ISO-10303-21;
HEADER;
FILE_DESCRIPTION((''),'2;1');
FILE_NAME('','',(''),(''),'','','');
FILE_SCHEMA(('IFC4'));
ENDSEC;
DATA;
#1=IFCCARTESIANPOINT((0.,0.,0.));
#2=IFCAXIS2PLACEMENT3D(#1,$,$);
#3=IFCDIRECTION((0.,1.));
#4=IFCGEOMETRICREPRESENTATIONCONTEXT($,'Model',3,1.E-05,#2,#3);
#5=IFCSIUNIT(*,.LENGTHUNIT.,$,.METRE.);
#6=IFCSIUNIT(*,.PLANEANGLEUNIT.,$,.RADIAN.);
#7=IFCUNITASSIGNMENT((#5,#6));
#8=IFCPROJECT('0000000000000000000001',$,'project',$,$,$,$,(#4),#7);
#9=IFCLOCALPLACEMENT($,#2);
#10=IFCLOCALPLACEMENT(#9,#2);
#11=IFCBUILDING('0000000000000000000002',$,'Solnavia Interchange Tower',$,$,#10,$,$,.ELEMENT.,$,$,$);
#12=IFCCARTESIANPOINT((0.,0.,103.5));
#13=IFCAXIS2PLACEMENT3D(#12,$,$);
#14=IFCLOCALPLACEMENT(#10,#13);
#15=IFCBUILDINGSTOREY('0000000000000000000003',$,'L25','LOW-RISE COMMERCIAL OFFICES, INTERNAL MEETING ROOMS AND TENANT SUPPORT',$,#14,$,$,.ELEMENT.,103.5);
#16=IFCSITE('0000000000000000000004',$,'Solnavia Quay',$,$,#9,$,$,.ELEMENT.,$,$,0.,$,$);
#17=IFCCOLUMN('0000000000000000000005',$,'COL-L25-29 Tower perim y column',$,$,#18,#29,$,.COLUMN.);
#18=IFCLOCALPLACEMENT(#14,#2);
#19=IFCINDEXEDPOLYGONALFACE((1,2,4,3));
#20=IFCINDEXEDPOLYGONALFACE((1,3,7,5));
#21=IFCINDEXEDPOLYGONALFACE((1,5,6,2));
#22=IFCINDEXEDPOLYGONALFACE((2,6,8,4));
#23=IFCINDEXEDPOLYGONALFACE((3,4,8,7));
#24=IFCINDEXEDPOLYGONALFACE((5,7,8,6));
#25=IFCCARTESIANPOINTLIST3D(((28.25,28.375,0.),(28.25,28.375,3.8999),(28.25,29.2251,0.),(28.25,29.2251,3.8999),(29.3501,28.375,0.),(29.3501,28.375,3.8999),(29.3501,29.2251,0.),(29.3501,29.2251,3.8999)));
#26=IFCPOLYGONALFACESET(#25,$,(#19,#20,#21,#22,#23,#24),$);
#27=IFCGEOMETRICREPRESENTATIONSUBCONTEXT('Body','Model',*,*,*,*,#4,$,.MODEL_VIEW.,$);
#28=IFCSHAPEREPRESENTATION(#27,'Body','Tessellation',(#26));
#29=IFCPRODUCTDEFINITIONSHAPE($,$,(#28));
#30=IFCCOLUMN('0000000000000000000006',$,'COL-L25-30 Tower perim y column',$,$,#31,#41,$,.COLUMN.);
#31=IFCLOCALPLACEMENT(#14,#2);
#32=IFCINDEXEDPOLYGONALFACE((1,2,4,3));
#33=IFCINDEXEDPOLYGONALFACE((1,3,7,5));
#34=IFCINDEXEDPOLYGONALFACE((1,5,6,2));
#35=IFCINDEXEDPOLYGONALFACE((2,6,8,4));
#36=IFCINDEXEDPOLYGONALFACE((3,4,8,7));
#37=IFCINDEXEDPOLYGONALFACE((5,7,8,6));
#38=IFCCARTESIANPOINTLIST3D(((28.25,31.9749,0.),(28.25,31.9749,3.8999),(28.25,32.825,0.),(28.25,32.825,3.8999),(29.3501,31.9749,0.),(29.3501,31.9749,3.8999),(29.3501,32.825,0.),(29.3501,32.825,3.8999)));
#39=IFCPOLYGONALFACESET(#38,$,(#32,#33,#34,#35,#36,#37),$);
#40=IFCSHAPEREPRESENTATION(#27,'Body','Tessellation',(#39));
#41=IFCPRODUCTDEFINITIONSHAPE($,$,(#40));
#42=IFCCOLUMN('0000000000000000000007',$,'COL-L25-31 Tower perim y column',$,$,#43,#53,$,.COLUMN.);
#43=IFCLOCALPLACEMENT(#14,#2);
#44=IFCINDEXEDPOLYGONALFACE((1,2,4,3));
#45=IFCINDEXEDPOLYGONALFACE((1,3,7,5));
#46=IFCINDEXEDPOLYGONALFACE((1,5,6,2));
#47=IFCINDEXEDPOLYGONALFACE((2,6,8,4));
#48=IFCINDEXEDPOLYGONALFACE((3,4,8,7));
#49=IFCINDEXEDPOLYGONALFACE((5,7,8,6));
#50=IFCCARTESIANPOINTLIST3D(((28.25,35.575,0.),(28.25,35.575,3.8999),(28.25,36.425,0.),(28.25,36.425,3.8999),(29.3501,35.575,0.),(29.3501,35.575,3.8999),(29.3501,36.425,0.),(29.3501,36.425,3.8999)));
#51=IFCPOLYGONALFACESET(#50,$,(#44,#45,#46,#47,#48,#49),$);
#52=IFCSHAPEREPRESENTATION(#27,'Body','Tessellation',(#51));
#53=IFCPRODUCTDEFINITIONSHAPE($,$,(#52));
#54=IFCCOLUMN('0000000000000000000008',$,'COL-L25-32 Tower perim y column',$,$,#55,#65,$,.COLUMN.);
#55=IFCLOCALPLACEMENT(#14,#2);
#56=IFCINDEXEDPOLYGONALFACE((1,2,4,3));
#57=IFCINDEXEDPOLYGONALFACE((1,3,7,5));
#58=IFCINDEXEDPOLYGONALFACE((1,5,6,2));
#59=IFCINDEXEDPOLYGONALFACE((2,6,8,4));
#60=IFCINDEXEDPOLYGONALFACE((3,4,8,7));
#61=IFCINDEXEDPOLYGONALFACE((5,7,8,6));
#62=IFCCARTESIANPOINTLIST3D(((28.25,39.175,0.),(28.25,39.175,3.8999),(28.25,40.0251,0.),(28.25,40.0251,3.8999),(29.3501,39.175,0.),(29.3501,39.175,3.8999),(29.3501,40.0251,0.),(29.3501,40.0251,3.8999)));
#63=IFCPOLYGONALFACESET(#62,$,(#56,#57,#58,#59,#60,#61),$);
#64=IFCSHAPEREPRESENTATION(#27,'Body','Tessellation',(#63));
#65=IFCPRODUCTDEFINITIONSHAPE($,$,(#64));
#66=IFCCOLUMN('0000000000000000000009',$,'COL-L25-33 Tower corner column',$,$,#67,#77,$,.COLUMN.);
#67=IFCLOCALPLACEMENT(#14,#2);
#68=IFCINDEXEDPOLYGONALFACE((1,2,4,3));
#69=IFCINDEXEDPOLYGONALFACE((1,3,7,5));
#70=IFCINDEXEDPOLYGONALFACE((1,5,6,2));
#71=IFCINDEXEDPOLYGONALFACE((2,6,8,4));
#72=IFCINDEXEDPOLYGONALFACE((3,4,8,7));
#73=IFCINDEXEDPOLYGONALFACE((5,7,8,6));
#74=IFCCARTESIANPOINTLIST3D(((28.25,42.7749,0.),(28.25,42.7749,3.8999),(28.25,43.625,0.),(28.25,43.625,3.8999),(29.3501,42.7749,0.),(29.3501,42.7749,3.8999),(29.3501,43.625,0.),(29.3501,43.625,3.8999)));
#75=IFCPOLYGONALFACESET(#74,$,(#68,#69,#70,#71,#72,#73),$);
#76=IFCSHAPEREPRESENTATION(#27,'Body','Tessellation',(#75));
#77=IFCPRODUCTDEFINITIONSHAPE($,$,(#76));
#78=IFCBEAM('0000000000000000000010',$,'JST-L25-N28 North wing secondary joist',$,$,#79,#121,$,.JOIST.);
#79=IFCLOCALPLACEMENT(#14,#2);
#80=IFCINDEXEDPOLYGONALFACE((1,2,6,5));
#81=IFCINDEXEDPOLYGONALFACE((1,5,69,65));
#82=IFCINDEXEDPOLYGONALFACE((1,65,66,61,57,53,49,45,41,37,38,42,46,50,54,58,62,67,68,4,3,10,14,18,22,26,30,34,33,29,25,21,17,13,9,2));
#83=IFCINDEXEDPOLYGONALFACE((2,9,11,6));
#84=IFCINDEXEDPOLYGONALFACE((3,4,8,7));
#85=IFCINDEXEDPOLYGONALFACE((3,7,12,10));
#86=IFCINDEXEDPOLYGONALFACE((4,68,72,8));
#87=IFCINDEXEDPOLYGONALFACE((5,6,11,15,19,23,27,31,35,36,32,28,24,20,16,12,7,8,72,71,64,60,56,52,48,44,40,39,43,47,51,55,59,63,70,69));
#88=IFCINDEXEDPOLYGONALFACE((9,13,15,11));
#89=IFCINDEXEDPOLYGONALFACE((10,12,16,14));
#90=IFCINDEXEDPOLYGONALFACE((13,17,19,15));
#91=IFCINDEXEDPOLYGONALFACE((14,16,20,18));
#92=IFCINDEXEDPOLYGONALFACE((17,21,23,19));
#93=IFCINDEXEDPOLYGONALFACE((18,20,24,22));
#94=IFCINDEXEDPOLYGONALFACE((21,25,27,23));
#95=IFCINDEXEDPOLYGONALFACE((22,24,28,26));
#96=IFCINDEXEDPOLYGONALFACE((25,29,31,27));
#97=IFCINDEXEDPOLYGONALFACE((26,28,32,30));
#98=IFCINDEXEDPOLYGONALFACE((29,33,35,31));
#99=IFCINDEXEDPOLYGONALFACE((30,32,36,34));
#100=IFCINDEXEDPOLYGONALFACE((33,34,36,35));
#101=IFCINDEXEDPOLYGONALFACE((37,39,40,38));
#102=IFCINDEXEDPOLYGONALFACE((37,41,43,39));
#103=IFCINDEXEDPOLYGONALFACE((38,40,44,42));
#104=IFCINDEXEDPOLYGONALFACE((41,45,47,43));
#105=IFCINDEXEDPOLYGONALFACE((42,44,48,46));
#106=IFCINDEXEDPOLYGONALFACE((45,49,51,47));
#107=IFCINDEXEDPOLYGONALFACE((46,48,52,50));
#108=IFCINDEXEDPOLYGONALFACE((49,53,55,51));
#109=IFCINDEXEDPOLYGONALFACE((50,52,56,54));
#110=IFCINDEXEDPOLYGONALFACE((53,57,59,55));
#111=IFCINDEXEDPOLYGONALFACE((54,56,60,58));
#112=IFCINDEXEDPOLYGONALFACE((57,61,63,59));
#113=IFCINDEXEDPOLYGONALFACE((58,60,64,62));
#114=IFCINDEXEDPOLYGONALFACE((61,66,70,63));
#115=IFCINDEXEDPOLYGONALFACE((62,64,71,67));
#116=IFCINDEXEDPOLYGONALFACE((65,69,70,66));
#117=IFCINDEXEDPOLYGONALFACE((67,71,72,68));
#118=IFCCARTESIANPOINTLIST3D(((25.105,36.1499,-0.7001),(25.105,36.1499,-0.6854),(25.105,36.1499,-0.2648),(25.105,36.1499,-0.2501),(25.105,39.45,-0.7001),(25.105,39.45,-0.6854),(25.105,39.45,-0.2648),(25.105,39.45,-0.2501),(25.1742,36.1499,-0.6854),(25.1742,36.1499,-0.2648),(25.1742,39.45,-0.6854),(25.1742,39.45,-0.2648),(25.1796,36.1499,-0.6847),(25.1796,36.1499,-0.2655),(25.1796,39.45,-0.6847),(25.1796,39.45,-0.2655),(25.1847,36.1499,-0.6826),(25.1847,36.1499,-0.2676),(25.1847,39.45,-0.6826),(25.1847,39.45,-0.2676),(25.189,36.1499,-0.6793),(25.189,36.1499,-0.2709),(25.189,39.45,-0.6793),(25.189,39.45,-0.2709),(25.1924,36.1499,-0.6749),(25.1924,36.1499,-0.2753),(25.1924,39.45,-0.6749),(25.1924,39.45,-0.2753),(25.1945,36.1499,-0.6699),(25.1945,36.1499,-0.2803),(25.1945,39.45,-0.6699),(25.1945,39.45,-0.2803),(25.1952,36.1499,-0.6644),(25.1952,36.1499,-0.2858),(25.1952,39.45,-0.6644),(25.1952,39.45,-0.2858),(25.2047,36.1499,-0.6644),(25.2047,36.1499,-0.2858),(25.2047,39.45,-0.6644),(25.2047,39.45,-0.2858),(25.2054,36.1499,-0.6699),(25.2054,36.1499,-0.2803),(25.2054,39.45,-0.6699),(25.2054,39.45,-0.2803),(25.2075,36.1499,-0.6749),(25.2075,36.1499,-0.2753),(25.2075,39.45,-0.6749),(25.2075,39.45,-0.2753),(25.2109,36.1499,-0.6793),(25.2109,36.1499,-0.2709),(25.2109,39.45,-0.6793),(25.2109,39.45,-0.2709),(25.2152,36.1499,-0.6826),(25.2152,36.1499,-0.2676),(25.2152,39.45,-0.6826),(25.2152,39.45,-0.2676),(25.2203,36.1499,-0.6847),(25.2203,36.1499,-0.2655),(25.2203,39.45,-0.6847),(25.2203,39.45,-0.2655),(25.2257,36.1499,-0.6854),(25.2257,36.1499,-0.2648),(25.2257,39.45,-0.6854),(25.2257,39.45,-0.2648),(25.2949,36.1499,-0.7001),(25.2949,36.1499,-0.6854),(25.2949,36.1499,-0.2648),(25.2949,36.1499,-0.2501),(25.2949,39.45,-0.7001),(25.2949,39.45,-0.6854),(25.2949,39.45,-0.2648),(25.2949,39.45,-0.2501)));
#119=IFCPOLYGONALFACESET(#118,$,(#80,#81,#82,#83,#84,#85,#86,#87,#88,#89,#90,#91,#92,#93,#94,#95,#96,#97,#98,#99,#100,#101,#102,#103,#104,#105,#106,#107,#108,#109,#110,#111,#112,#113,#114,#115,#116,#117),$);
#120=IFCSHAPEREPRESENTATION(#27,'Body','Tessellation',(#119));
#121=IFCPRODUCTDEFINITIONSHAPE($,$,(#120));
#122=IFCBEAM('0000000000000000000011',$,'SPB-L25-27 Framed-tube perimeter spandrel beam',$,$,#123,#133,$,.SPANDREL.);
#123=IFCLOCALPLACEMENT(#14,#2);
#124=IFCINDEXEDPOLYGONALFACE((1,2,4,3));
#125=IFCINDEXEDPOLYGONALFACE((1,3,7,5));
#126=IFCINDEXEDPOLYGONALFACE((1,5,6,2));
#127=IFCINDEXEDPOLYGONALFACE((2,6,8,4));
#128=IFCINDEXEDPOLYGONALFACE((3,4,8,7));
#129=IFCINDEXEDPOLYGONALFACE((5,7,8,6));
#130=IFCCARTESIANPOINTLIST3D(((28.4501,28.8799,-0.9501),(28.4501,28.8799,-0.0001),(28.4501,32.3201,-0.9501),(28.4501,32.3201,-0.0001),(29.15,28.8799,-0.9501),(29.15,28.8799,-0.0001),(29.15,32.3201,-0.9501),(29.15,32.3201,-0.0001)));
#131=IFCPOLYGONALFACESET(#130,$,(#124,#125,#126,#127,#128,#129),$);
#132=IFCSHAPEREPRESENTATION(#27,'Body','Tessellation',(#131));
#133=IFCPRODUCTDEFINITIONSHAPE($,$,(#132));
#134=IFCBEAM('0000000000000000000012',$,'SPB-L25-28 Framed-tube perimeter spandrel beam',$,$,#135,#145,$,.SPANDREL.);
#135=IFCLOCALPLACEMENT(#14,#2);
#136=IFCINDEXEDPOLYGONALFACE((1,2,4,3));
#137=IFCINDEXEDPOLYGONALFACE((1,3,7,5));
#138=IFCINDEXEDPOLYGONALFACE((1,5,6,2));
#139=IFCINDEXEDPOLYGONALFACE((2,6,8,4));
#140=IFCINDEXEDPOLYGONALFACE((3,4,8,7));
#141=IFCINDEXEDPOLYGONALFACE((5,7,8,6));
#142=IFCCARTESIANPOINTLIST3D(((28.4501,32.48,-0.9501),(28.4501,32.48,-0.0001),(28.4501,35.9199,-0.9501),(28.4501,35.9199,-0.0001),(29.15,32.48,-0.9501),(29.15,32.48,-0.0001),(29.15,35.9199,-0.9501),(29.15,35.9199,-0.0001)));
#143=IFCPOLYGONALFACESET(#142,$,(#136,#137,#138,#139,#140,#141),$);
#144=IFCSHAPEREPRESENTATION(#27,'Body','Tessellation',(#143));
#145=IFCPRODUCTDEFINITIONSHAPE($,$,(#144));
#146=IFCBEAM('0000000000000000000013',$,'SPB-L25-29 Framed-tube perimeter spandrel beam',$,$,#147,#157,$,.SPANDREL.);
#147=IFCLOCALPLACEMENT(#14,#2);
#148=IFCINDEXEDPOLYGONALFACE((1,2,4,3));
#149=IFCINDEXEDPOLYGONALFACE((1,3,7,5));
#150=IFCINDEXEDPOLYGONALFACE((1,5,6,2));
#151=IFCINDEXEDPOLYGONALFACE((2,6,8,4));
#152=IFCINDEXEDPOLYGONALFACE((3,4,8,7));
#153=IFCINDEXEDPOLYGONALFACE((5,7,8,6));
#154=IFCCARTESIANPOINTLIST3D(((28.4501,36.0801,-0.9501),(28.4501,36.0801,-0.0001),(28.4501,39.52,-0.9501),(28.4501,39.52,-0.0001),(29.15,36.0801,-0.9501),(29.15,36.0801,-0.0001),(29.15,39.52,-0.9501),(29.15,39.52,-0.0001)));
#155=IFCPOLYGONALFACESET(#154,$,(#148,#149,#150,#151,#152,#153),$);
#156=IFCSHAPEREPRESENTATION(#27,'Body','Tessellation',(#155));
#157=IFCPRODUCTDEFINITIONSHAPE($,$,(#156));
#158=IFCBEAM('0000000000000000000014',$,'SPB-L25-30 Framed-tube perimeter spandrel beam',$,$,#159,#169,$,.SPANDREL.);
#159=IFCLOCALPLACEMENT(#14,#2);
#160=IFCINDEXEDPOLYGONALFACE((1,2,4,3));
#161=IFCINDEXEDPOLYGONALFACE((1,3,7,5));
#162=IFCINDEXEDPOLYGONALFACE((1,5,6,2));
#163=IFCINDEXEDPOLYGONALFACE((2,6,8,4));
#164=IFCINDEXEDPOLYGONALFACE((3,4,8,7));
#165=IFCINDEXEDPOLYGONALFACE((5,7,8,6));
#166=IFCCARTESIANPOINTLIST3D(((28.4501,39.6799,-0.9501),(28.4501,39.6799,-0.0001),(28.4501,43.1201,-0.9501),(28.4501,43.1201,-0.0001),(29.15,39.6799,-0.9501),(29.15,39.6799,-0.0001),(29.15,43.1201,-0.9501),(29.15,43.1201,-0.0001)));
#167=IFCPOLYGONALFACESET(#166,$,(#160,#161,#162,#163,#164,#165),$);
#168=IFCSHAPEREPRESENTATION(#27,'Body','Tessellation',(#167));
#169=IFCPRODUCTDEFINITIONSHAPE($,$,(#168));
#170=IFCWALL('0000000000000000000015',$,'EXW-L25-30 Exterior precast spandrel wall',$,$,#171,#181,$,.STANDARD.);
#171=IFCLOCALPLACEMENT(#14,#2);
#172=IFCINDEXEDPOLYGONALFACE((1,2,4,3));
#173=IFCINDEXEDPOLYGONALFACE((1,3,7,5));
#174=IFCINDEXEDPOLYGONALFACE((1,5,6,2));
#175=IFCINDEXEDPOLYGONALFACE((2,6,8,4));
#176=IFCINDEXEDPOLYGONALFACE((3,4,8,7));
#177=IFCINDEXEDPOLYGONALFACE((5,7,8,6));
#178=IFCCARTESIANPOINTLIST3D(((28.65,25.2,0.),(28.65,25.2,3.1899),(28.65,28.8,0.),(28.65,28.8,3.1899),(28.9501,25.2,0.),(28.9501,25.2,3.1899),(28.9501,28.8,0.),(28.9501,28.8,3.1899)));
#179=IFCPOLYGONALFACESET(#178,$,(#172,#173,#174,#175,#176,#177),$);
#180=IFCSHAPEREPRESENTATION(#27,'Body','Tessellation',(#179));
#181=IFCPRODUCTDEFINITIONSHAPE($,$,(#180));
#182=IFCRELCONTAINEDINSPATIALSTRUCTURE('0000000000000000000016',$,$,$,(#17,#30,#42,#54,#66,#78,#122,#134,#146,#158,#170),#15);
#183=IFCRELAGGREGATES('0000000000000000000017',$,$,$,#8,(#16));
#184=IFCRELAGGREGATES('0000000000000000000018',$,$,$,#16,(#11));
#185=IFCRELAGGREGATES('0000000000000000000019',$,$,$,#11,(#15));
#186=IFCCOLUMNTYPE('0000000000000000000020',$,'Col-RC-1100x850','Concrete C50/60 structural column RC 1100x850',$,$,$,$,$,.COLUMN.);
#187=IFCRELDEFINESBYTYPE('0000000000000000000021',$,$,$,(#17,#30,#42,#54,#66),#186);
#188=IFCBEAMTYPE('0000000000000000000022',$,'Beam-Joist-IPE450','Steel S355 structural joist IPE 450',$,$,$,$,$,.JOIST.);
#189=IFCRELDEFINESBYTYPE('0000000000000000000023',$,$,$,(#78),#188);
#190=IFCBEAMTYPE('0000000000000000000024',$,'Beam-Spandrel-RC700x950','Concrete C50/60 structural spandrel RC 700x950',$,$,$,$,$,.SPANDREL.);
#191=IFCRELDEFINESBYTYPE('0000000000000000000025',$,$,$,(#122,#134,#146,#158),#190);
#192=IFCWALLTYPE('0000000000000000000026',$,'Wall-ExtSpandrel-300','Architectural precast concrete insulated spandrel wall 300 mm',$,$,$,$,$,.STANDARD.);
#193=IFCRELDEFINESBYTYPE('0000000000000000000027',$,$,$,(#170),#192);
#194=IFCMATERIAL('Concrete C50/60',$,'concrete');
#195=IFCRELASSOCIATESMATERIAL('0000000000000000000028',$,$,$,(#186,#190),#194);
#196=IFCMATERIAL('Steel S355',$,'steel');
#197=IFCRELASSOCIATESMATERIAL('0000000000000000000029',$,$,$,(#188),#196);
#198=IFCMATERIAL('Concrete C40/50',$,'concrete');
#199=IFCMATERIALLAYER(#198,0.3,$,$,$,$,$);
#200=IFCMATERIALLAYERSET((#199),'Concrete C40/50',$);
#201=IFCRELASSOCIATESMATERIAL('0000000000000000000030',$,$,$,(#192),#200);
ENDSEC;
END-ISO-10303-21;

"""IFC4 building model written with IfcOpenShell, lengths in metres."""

from ifc_helpers import new_model, si_unit, direction, frame, frame_2d, origin, origin_2d, place, context, subcontext, project, spatial, rectangle, i_section, extrude, material, layer, layer_set, material_profile, profile_set, type_object, element, save


model = new_model("IFC4")

# Units and contexts
model_context = context("Model", 3, precision=1e-05, world=origin(), true_north=direction((0.0, 1.0)))
body_context = subcontext(model_context, "Body", "Model", "MODEL_VIEW")
ifc_project = project(units=[si_unit("LENGTHUNIT", "METRE"), si_unit("PLANEANGLEUNIT", "RADIAN")], contexts=[model_context])

# Site, building, storey
site_placement = place(None, origin())
site = spatial("IfcSite", under=ifc_project, at=site_placement, Name="Solnavia Quay", CompositionType="ELEMENT", RefElevation=0.0)
building_placement = place(site_placement, origin())
building = spatial("IfcBuilding", under=site, at=building_placement, Name="Solnavia Interchange Tower", CompositionType="ELEMENT")
storey_placement = place(building_placement, frame((0.0, 0.0, 103.5)))
storey = spatial("IfcBuildingStorey", under=building, at=storey_placement, Name="L25", Description="LOW-RISE COMMERCIAL OFFICES, INTERNAL MEETING ROOMS AND TENANT SUPPORT", CompositionType="ELEMENT", Elevation=103.5)

# Columns
ifc_material_1 = material(Name="Concrete C50/60", Category="concrete")
ifc_material_profile_1 = material_profile(ifc_material_1, rectangle(XDim=0.8501, YDim=1.1001, at=origin_2d()), Name="RC 1100x850")
ifc_profile_set_1 = profile_set([ifc_material_profile_1], Name="Concrete C50/60")
column_type = type_object("IfcColumnType", Name="Col-RC-1100x850", Description="Concrete C50/60 structural column RC 1100x850", PredefinedType="COLUMN", material=ifc_profile_set_1)
for number, where, z_axis, x_axis, name in (
    (1, (28.8, 28.8, 0.0), (0.0, 0.0, 1.0), (0.0, 1.0, 0.0), "COL-L25-29 Tower perim y column"),
    (2, (28.8, 32.3999, 0.0), (0.0, 0.0, 1.0), (0.0, 1.0, 0.0), "COL-L25-30 Tower perim y column"),
    (3, (28.8, 36.0, 0.0), (0.0, 0.0, 1.0), (0.0, 1.0, 0.0), "COL-L25-31 Tower perim y column"),
    (4, (28.8, 39.6001, 0.0), (0.0, 0.0, 1.0), (0.0, 1.0, 0.0), "COL-L25-32 Tower perim y column"),
    (5, (28.8, 43.2, 0.0), (0.0, 0.0, 1.0), (0.0, 1.0, 0.0), "COL-L25-33 Tower corner column"),
):
    element("IfcColumn", number, at=place(storey_placement, frame(where, z_axis=z_axis, x_axis=x_axis)), inside=storey, type_object=column_type, Name=name, PredefinedType="COLUMN", context=body_context, shape_type="SweptSolid", body=[
        extrude(rectangle(XDim=0.8501, YDim=1.1001, at=origin_2d()), origin(), (0.0, 0.0, 1.0), 3.8999),
    ])

# Beams
ifc_material_2 = material(Name="Steel S355", Category="steel")
ifc_material_profile_2 = material_profile(ifc_material_2, i_section(OverallWidth=0.1899, OverallDepth=0.45, WebThickness=0.0095, FlangeThickness=0.0146, FilletRadius=0.021, at=origin_2d()), Name="IPE 450")
ifc_profile_set_2 = profile_set([ifc_material_profile_2], Name="Steel S355")
beam_type_1 = type_object("IfcBeamType", Name="Beam-Joist-IPE450", Description="Steel S355 structural joist IPE 450", PredefinedType="JOIST", material=ifc_profile_set_2)
beam_1_placement = place(storey_placement, frame((25.2, 36.1499, -0.4751), z_axis=(0.0, 1.0, 0.0), x_axis=(-1.0, 0.0, 0.0)))
element("IfcBeam", 6, at=beam_1_placement, inside=storey, type_object=beam_type_1, Name="JST-L25-N28 North wing secondary joist", PredefinedType="JOIST", context=body_context, shape_type="SweptSolid", body=[
    extrude(i_section(OverallWidth=0.1899, OverallDepth=0.45, WebThickness=0.0095, FlangeThickness=0.0146, FilletRadius=0.021, at=origin_2d()), origin(), (0.0, 0.0, 1.0), 3.3),
])
ifc_material_profile_3 = material_profile(ifc_material_1, rectangle(XDim=0.7, YDim=0.95, at=origin_2d()), Name="RC 700x950")
ifc_profile_set_3 = profile_set([ifc_material_profile_3], Name="Concrete C50/60")
beam_type_2 = type_object("IfcBeamType", Name="Beam-Spandrel-RC700x950", Description="Concrete C50/60 structural spandrel RC 700x950", PredefinedType="SPANDREL", material=ifc_profile_set_3)
beam_2_placement = place(storey_placement, frame((28.8, 28.8799, -0.4751), z_axis=(0.0, 1.0, 0.0), x_axis=(-1.0, 0.0, 0.0)))
element("IfcBeam", 7, at=beam_2_placement, inside=storey, type_object=beam_type_2, Name="SPB-L25-27 Framed-tube perimeter spandrel beam", PredefinedType="SPANDREL", context=body_context, shape_type="SweptSolid", body=[
    extrude(rectangle(XDim=0.7, YDim=0.95, at=origin_2d()), origin(), (0.0, 0.0, 1.0), 3.4402),
])
for number, where, z_axis, x_axis, name in (
    (8, (28.8, 32.48, -0.4751), (0.0, 1.0, 0.0), (-1.0, 0.0, 0.0), "SPB-L25-28 Framed-tube perimeter spandrel beam"),
    (9, (28.8, 36.0801, -0.4751), (0.0, 1.0, 0.0), (-1.0, 0.0, 0.0), "SPB-L25-29 Framed-tube perimeter spandrel beam"),
):
    element("IfcBeam", number, at=place(storey_placement, frame(where, z_axis=z_axis, x_axis=x_axis)), inside=storey, type_object=beam_type_2, Name=name, PredefinedType="SPANDREL", context=body_context, shape_type="SweptSolid", body=[
        extrude(rectangle(XDim=0.7, YDim=0.95, at=origin_2d()), origin(), (0.0, 0.0, 1.0), 3.4399),
    ])
beam_3_placement = place(storey_placement, frame((28.8, 39.6799, -0.4751), z_axis=(0.0, 1.0, 0.0), x_axis=(-1.0, 0.0, 0.0)))
element("IfcBeam", 10, at=beam_3_placement, inside=storey, type_object=beam_type_2, Name="SPB-L25-30 Framed-tube perimeter spandrel beam", PredefinedType="SPANDREL", context=body_context, shape_type="SweptSolid", body=[
    extrude(rectangle(XDim=0.7, YDim=0.95, at=origin_2d()), origin(), (0.0, 0.0, 1.0), 3.4402),
])

# Wall
ifc_material_3 = material(Name="Concrete C40/50", Category="concrete")
ifc_layer_1 = layer(ifc_material_3, 0.3)
ifc_layer_set_1 = layer_set([ifc_layer_1], Name="Concrete C40/50")
wall_type = type_object("IfcWallType", Name="Wall-ExtSpandrel-300", Description="Architectural precast concrete insulated spandrel wall 300 mm", PredefinedType="STANDARD", material=ifc_layer_set_1)
wall_1_placement = place(storey_placement, frame((28.8, 28.8, 0.0), z_axis=(0.0, 0.0, 1.0), x_axis=(0.0, -1.0, 0.0)))
element("IfcWall", 11, at=wall_1_placement, inside=storey, type_object=wall_type, Name="EXW-L25-30 Exterior precast spandrel wall", PredefinedType="STANDARD", context=body_context, shape_type="SweptSolid", body=[
    extrude(rectangle(XDim=3.6001, YDim=0.3, at=frame_2d((1.8, 0.0))), origin(), (0.0, 0.0, 1.0), 3.1899),
])

save(model, "model.ifc")
